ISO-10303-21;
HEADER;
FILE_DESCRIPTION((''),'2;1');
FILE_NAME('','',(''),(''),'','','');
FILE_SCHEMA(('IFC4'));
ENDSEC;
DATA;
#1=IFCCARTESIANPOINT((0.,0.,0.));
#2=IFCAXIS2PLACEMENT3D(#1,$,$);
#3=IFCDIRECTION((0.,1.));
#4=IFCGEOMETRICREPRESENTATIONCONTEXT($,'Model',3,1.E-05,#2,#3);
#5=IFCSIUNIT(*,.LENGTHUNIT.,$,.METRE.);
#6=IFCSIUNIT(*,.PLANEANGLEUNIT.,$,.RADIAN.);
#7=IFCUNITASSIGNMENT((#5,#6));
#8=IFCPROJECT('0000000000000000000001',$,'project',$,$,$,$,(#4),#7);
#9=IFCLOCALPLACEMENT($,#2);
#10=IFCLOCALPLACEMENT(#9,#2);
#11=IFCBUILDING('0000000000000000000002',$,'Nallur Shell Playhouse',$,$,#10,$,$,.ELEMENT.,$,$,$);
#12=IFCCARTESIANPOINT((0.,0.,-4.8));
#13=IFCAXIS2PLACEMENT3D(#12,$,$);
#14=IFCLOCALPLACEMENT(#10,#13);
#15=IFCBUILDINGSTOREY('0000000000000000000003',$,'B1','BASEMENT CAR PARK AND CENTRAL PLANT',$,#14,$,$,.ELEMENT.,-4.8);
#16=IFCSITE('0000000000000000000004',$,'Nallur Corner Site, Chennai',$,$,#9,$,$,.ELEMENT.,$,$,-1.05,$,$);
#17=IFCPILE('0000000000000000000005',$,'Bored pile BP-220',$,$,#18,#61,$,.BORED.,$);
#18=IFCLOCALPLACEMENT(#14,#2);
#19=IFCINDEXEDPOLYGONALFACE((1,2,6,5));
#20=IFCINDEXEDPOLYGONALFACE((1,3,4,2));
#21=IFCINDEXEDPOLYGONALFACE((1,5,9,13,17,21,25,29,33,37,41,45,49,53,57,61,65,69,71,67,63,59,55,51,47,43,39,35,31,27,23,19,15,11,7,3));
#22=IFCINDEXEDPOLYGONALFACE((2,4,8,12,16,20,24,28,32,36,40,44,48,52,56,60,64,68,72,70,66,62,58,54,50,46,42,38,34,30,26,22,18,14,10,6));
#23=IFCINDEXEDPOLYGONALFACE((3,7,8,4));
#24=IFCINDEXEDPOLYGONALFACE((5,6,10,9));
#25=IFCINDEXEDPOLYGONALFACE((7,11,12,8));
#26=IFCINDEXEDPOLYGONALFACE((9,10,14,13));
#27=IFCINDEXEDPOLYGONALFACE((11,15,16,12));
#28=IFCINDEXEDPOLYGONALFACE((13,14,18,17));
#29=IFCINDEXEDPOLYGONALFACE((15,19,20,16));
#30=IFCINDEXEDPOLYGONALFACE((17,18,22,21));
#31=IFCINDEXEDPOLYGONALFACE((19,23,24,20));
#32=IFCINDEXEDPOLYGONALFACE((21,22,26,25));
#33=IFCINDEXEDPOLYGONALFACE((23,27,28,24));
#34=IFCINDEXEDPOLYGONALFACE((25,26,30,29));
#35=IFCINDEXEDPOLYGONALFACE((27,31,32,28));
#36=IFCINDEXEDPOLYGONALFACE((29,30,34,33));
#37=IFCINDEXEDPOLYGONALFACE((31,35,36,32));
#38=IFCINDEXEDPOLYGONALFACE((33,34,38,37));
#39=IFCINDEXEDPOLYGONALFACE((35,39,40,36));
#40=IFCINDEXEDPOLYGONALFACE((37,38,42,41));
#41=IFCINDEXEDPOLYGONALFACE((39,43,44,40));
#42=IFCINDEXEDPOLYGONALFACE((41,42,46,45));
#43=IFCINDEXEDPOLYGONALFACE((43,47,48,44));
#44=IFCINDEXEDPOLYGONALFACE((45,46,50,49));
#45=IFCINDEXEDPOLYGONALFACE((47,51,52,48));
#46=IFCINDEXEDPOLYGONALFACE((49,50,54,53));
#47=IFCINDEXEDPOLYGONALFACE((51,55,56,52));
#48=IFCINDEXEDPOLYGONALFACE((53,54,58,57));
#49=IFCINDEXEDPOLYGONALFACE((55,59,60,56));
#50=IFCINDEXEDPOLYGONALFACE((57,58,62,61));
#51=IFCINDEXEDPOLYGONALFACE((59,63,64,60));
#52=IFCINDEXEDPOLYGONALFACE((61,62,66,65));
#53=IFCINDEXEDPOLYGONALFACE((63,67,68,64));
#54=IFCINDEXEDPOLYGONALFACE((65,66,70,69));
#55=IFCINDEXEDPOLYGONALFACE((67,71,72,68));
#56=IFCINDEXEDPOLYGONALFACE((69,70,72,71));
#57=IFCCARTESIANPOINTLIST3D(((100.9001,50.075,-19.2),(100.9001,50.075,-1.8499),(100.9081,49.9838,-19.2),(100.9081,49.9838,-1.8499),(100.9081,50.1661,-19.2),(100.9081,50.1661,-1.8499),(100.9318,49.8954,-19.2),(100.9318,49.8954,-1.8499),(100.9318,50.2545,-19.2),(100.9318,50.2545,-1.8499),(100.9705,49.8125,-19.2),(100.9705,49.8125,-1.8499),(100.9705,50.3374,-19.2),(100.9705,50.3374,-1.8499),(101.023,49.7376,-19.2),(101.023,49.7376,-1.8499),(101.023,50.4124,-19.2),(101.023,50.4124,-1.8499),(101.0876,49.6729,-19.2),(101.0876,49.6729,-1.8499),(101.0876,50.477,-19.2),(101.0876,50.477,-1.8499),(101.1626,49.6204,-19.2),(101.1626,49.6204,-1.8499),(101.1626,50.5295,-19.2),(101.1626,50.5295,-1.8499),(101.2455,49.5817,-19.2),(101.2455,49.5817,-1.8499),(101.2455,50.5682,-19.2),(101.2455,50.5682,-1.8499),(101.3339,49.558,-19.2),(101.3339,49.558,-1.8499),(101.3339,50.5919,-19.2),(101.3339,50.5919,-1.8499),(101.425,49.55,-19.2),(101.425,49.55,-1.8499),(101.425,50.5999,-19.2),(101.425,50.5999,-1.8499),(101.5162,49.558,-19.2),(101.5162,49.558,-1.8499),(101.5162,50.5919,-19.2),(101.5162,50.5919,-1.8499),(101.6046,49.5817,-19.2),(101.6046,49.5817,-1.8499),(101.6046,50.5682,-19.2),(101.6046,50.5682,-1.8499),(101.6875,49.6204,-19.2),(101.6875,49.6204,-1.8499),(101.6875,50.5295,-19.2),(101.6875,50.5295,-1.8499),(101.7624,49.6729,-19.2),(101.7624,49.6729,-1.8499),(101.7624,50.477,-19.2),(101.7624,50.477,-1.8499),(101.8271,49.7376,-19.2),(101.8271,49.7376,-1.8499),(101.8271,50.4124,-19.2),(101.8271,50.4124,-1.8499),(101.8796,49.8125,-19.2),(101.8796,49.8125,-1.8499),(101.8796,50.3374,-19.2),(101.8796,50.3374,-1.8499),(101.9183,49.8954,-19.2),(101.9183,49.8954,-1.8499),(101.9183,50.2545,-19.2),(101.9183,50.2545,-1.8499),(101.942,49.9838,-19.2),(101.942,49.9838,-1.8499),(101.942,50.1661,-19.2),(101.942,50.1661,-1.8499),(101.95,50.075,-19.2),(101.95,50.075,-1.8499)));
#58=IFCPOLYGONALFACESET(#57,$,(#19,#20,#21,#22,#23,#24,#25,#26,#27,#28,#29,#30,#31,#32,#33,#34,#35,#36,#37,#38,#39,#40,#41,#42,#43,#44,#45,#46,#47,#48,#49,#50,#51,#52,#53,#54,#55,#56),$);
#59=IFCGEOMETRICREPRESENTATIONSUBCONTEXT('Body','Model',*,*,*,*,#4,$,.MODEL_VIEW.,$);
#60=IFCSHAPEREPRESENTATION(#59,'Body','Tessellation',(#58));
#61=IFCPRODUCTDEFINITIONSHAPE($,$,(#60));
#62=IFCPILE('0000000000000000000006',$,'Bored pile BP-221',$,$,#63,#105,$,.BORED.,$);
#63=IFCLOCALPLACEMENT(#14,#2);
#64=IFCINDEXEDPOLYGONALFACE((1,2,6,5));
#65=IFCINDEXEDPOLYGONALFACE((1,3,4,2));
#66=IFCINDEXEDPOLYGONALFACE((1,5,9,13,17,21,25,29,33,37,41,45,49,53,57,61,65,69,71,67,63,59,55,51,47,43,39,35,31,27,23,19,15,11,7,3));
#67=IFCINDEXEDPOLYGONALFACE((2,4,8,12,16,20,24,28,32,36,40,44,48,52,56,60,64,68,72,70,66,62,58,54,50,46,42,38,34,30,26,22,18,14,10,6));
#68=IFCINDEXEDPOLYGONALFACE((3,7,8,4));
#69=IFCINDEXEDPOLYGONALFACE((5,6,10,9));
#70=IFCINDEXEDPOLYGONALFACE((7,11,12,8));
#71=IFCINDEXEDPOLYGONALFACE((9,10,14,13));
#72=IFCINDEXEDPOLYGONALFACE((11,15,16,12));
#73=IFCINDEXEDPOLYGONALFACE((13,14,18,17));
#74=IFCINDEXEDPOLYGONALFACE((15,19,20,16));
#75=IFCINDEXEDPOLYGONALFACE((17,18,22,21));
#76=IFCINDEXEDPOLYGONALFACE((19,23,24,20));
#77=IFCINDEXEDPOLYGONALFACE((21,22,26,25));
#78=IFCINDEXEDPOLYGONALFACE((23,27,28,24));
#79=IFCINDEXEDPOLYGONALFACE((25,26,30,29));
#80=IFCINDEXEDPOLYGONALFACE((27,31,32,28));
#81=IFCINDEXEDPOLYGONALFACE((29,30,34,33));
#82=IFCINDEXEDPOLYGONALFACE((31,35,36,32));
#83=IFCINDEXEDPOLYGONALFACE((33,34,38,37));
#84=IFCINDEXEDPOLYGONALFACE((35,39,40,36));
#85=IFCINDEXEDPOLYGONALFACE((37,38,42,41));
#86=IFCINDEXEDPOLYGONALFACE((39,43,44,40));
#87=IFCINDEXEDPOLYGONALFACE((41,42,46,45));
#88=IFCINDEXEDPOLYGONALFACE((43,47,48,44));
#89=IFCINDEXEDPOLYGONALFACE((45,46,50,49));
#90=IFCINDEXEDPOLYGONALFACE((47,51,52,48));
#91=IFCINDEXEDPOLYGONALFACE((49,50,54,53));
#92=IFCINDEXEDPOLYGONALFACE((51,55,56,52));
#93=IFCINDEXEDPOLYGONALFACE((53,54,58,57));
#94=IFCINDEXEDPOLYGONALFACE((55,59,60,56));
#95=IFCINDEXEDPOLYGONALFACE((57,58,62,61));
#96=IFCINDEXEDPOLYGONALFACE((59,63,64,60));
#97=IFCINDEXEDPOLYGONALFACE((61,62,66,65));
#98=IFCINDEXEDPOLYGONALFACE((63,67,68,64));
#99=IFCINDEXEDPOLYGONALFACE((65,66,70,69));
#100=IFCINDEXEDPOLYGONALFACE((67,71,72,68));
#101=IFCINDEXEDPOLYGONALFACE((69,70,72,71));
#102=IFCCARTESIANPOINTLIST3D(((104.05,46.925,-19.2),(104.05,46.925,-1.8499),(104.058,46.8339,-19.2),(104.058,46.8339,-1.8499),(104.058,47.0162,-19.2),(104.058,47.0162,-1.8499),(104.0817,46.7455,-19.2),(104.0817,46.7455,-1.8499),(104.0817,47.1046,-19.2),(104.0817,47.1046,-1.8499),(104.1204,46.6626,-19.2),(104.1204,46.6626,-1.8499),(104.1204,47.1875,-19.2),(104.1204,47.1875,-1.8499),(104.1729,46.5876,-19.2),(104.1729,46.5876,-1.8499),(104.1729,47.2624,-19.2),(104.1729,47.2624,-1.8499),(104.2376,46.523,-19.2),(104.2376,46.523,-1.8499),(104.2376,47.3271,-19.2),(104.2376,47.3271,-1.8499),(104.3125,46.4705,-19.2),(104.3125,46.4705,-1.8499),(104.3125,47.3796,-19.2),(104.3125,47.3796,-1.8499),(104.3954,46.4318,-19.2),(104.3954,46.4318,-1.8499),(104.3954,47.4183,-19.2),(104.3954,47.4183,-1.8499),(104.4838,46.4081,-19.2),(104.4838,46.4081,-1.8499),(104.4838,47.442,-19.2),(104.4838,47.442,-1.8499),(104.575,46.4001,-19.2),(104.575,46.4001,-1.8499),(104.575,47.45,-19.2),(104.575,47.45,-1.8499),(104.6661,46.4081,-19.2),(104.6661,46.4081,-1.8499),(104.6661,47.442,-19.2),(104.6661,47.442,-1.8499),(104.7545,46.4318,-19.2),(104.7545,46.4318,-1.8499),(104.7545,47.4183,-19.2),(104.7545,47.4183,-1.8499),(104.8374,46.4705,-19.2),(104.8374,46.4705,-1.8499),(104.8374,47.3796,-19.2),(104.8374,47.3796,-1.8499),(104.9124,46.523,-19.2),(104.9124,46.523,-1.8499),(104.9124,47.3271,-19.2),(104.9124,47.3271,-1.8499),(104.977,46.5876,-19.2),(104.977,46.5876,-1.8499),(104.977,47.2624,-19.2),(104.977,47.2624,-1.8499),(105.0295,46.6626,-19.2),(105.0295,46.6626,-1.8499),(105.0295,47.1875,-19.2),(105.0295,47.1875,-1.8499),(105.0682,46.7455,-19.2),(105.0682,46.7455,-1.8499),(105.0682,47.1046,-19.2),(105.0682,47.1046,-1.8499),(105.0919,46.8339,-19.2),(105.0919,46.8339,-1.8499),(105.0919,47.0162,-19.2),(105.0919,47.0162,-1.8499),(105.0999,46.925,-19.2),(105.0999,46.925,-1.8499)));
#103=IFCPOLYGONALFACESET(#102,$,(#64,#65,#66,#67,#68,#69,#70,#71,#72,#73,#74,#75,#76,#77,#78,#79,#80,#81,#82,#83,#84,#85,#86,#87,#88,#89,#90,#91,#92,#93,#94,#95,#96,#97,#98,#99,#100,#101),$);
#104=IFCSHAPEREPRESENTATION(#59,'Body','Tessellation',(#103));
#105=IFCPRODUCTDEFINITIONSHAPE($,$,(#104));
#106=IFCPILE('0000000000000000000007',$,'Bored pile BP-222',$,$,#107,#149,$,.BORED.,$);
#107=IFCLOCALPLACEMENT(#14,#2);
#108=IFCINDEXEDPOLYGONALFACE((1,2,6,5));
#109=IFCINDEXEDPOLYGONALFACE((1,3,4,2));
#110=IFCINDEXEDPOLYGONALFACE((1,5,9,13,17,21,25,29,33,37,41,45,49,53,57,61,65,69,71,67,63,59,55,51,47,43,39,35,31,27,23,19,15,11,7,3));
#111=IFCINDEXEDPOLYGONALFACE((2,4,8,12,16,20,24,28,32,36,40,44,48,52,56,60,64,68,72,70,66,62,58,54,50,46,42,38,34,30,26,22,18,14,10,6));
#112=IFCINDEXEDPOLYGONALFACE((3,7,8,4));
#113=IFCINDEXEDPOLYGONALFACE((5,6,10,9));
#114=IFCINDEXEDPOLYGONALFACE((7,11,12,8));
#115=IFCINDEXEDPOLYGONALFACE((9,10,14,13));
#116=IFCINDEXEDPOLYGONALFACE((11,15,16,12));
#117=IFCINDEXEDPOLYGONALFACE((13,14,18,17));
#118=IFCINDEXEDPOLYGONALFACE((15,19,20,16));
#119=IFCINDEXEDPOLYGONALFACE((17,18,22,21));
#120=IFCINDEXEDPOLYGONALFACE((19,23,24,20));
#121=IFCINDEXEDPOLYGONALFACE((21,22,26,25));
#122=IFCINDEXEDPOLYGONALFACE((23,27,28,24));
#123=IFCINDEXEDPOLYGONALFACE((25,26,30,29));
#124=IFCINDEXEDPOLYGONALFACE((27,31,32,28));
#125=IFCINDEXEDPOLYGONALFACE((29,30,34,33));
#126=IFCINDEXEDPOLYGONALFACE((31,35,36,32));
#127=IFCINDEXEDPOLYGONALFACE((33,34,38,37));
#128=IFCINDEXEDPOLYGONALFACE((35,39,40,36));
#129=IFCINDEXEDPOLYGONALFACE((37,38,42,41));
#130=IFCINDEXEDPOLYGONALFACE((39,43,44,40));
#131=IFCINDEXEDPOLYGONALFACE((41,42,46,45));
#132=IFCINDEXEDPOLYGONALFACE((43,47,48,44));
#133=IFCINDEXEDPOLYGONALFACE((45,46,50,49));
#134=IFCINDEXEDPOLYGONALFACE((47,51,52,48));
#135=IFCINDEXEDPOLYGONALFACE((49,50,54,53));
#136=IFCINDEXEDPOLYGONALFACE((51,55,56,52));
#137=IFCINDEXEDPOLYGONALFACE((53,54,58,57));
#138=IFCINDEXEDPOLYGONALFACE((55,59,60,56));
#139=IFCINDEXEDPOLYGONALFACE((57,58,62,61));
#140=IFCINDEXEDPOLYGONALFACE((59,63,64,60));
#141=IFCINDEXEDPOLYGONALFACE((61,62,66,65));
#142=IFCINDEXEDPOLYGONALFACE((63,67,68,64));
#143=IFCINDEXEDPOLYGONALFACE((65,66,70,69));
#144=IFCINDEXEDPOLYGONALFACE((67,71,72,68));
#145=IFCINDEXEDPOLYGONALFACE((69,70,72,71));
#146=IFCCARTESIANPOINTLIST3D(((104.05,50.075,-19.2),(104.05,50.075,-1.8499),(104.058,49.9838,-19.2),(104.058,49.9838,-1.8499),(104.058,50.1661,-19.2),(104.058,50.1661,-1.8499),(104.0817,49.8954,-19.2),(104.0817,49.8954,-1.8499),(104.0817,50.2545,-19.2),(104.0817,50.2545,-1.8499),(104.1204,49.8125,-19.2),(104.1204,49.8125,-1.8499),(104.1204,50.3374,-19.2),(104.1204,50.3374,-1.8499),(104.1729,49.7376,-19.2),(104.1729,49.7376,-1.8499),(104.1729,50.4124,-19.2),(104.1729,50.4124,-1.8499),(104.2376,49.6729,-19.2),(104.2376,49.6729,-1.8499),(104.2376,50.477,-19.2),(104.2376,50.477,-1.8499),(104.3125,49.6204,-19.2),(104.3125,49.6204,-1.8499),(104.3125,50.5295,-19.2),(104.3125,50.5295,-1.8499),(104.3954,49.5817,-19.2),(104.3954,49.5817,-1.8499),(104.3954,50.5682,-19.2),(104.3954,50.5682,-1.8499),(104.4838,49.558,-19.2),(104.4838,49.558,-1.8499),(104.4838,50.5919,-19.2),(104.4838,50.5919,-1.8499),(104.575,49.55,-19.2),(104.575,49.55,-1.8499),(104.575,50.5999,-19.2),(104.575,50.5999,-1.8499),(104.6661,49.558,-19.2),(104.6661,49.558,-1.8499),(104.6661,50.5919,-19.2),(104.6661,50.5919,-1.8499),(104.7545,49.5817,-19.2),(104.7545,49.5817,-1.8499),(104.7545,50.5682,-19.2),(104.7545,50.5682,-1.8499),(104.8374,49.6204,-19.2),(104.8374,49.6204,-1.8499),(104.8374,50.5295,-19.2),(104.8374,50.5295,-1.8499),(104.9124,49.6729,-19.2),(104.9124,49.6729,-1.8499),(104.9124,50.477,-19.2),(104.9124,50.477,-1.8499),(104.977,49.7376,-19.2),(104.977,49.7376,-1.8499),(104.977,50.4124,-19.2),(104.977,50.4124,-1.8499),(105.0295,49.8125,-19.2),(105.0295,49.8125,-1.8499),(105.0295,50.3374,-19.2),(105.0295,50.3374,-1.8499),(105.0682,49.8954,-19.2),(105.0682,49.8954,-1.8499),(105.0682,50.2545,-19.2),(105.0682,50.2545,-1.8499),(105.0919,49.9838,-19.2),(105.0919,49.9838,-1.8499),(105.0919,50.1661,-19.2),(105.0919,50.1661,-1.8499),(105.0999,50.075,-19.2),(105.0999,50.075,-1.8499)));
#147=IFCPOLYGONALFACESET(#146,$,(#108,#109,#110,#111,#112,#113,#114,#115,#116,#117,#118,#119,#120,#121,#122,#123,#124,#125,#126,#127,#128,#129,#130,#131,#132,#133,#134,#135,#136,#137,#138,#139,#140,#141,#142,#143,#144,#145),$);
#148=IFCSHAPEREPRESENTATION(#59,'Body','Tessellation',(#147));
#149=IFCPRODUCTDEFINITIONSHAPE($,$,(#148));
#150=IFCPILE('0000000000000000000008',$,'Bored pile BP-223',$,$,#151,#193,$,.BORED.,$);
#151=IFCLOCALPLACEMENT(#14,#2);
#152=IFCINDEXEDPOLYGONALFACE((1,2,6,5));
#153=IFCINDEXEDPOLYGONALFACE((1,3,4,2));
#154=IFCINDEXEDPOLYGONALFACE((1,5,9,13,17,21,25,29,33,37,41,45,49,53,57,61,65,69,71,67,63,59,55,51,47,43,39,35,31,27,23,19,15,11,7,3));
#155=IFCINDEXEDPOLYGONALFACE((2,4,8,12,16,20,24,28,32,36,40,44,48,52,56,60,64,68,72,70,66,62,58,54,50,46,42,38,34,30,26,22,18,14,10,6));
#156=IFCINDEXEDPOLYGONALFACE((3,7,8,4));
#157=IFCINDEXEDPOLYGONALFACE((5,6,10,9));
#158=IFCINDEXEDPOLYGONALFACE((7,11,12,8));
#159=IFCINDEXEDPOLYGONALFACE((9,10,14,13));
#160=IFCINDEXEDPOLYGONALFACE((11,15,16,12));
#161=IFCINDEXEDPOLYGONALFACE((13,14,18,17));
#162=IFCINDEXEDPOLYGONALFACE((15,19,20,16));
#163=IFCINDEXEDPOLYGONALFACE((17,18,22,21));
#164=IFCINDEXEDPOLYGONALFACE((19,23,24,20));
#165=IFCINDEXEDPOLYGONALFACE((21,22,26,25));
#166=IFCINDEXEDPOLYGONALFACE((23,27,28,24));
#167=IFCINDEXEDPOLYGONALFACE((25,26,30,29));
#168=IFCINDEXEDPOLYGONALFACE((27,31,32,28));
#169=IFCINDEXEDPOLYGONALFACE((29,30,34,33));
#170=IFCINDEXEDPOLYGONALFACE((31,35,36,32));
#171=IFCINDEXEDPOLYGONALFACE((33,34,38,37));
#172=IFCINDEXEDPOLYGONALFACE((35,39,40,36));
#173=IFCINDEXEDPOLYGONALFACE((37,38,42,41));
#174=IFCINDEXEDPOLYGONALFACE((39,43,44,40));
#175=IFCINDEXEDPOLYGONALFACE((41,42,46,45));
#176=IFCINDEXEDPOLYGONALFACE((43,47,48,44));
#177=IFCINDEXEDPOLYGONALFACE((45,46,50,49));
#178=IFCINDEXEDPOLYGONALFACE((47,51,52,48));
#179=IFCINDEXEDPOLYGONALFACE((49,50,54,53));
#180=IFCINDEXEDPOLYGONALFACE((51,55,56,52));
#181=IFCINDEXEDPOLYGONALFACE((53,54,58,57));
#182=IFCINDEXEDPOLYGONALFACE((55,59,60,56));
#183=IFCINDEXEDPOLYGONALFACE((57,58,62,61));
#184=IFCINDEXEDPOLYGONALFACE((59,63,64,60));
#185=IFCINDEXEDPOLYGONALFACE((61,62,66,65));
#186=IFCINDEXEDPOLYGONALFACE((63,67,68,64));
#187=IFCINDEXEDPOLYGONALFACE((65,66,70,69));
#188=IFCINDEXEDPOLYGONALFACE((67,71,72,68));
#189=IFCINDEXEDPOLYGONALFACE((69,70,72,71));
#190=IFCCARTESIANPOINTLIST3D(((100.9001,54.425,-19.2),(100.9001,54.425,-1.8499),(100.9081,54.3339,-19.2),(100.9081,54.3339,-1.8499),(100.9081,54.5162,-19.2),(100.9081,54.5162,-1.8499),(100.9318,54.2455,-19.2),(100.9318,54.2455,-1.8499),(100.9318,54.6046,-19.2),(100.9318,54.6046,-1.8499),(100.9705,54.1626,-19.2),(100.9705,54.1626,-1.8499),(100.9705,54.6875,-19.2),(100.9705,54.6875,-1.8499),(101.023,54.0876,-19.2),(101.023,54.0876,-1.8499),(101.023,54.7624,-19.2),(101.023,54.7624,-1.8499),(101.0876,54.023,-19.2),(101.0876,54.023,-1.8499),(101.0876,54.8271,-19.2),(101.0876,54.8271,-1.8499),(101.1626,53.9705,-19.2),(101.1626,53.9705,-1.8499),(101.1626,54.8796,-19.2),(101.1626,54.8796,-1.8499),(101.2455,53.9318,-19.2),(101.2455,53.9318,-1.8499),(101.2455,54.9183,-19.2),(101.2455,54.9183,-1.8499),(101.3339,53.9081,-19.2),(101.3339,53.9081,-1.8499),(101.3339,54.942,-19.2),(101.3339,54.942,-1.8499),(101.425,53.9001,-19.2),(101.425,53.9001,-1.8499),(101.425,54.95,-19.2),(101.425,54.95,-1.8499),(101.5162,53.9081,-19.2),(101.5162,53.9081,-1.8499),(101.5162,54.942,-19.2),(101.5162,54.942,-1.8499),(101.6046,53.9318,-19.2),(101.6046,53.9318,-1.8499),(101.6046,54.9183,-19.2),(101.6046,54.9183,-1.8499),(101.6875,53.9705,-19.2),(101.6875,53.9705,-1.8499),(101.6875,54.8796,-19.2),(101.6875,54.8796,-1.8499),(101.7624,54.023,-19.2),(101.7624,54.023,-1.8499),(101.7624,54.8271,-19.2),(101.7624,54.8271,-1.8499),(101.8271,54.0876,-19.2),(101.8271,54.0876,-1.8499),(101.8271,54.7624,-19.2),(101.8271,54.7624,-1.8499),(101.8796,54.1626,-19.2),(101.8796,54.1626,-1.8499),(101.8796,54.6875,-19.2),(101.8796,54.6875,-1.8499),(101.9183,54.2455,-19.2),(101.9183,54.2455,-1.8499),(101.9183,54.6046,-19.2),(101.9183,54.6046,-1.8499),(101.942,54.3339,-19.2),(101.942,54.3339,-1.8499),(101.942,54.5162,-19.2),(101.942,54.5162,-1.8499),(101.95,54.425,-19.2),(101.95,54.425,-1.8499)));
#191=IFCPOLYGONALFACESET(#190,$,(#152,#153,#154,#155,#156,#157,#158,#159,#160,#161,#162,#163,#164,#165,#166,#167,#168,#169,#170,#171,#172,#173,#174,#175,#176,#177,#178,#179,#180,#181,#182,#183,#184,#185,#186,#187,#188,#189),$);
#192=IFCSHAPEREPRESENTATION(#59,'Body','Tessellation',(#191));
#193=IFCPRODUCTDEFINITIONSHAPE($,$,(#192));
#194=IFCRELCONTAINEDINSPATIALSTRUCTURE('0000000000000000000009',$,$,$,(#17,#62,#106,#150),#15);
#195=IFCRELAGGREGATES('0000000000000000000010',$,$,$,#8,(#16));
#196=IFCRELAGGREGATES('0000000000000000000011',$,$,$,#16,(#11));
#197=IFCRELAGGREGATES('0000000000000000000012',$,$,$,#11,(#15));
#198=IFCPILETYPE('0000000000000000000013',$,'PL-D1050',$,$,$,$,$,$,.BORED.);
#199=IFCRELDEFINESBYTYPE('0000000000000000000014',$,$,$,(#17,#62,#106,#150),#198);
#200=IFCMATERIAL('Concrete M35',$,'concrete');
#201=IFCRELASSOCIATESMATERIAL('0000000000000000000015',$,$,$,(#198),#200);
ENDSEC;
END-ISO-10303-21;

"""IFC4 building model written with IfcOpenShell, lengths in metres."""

from ifc_helpers import new_model, si_unit, direction, frame, origin, origin_2d, place, context, subcontext, project, spatial, circle, extrude, material, material_profile, profile_set, type_object, element, save


model = new_model("IFC4")

# Units and contexts
model_context = context("Model", 3, precision=1e-05, world=origin(), true_north=direction((0.0, 1.0)))
body_context = subcontext(model_context, "Body", "Model", "MODEL_VIEW")
ifc_project = project(units=[si_unit("LENGTHUNIT", "METRE"), si_unit("PLANEANGLEUNIT", "RADIAN")], contexts=[model_context])

# Site, building, storey
site_placement = place(None, origin())
site = spatial("IfcSite", under=ifc_project, at=site_placement, Name="Nallur Corner Site, Chennai", CompositionType="ELEMENT", RefElevation=-1.05)
building_placement = place(site_placement, origin())
building = spatial("IfcBuilding", under=site, at=building_placement, Name="Nallur Shell Playhouse", CompositionType="ELEMENT")
storey_placement = place(building_placement, frame((0.0, 0.0, -4.8)))
storey = spatial("IfcBuildingStorey", under=building, at=storey_placement, Name="B1", Description="BASEMENT CAR PARK AND CENTRAL PLANT", CompositionType="ELEMENT", Elevation=-4.8)

# Shared definitions
ifc_material_1 = material(Name="Concrete M35", Category="concrete")

# Piles
ifc_material_profile_1 = material_profile(ifc_material_1, circle(Radius=0.5249, at=origin_2d()), Name="BORED PILE D1050")
ifc_profile_set_1 = profile_set([ifc_material_profile_1], Name="Concrete M35")
pile_type_1 = type_object("IfcPileType", Name="PL-D1050", PredefinedType="BORED", material=ifc_profile_set_1)
for number, where, z_axis, x_axis, name in (
    (1, (101.425, 50.075, -1.8499), (0.0, 0.0, -1.0), (1.0, 0.0, 0.0), "Bored pile BP-220"),
    (2, (104.575, 46.925, -1.8499), (0.0, 0.0, -1.0), (1.0, 0.0, 0.0), "Bored pile BP-221"),
    (3, (104.575, 50.075, -1.8499), (0.0, 0.0, -1.0), (1.0, 0.0, 0.0), "Bored pile BP-222"),
    (4, (101.425, 54.425, -1.8499), (0.0, 0.0, -1.0), (1.0, 0.0, 0.0), "Bored pile BP-223"),
):
    element("IfcPile", number, at=place(storey_placement, frame(where, z_axis=z_axis, x_axis=x_axis)), inside=storey, type_object=pile_type_1, Name=name, PredefinedType="BORED", context=body_context, shape_type="SweptSolid", body=[
        extrude(circle(Radius=0.5249, at=origin_2d()), origin(), (0.0, 0.0, 1.0), 17.3501),
    ])

save(model, "model.ifc")
